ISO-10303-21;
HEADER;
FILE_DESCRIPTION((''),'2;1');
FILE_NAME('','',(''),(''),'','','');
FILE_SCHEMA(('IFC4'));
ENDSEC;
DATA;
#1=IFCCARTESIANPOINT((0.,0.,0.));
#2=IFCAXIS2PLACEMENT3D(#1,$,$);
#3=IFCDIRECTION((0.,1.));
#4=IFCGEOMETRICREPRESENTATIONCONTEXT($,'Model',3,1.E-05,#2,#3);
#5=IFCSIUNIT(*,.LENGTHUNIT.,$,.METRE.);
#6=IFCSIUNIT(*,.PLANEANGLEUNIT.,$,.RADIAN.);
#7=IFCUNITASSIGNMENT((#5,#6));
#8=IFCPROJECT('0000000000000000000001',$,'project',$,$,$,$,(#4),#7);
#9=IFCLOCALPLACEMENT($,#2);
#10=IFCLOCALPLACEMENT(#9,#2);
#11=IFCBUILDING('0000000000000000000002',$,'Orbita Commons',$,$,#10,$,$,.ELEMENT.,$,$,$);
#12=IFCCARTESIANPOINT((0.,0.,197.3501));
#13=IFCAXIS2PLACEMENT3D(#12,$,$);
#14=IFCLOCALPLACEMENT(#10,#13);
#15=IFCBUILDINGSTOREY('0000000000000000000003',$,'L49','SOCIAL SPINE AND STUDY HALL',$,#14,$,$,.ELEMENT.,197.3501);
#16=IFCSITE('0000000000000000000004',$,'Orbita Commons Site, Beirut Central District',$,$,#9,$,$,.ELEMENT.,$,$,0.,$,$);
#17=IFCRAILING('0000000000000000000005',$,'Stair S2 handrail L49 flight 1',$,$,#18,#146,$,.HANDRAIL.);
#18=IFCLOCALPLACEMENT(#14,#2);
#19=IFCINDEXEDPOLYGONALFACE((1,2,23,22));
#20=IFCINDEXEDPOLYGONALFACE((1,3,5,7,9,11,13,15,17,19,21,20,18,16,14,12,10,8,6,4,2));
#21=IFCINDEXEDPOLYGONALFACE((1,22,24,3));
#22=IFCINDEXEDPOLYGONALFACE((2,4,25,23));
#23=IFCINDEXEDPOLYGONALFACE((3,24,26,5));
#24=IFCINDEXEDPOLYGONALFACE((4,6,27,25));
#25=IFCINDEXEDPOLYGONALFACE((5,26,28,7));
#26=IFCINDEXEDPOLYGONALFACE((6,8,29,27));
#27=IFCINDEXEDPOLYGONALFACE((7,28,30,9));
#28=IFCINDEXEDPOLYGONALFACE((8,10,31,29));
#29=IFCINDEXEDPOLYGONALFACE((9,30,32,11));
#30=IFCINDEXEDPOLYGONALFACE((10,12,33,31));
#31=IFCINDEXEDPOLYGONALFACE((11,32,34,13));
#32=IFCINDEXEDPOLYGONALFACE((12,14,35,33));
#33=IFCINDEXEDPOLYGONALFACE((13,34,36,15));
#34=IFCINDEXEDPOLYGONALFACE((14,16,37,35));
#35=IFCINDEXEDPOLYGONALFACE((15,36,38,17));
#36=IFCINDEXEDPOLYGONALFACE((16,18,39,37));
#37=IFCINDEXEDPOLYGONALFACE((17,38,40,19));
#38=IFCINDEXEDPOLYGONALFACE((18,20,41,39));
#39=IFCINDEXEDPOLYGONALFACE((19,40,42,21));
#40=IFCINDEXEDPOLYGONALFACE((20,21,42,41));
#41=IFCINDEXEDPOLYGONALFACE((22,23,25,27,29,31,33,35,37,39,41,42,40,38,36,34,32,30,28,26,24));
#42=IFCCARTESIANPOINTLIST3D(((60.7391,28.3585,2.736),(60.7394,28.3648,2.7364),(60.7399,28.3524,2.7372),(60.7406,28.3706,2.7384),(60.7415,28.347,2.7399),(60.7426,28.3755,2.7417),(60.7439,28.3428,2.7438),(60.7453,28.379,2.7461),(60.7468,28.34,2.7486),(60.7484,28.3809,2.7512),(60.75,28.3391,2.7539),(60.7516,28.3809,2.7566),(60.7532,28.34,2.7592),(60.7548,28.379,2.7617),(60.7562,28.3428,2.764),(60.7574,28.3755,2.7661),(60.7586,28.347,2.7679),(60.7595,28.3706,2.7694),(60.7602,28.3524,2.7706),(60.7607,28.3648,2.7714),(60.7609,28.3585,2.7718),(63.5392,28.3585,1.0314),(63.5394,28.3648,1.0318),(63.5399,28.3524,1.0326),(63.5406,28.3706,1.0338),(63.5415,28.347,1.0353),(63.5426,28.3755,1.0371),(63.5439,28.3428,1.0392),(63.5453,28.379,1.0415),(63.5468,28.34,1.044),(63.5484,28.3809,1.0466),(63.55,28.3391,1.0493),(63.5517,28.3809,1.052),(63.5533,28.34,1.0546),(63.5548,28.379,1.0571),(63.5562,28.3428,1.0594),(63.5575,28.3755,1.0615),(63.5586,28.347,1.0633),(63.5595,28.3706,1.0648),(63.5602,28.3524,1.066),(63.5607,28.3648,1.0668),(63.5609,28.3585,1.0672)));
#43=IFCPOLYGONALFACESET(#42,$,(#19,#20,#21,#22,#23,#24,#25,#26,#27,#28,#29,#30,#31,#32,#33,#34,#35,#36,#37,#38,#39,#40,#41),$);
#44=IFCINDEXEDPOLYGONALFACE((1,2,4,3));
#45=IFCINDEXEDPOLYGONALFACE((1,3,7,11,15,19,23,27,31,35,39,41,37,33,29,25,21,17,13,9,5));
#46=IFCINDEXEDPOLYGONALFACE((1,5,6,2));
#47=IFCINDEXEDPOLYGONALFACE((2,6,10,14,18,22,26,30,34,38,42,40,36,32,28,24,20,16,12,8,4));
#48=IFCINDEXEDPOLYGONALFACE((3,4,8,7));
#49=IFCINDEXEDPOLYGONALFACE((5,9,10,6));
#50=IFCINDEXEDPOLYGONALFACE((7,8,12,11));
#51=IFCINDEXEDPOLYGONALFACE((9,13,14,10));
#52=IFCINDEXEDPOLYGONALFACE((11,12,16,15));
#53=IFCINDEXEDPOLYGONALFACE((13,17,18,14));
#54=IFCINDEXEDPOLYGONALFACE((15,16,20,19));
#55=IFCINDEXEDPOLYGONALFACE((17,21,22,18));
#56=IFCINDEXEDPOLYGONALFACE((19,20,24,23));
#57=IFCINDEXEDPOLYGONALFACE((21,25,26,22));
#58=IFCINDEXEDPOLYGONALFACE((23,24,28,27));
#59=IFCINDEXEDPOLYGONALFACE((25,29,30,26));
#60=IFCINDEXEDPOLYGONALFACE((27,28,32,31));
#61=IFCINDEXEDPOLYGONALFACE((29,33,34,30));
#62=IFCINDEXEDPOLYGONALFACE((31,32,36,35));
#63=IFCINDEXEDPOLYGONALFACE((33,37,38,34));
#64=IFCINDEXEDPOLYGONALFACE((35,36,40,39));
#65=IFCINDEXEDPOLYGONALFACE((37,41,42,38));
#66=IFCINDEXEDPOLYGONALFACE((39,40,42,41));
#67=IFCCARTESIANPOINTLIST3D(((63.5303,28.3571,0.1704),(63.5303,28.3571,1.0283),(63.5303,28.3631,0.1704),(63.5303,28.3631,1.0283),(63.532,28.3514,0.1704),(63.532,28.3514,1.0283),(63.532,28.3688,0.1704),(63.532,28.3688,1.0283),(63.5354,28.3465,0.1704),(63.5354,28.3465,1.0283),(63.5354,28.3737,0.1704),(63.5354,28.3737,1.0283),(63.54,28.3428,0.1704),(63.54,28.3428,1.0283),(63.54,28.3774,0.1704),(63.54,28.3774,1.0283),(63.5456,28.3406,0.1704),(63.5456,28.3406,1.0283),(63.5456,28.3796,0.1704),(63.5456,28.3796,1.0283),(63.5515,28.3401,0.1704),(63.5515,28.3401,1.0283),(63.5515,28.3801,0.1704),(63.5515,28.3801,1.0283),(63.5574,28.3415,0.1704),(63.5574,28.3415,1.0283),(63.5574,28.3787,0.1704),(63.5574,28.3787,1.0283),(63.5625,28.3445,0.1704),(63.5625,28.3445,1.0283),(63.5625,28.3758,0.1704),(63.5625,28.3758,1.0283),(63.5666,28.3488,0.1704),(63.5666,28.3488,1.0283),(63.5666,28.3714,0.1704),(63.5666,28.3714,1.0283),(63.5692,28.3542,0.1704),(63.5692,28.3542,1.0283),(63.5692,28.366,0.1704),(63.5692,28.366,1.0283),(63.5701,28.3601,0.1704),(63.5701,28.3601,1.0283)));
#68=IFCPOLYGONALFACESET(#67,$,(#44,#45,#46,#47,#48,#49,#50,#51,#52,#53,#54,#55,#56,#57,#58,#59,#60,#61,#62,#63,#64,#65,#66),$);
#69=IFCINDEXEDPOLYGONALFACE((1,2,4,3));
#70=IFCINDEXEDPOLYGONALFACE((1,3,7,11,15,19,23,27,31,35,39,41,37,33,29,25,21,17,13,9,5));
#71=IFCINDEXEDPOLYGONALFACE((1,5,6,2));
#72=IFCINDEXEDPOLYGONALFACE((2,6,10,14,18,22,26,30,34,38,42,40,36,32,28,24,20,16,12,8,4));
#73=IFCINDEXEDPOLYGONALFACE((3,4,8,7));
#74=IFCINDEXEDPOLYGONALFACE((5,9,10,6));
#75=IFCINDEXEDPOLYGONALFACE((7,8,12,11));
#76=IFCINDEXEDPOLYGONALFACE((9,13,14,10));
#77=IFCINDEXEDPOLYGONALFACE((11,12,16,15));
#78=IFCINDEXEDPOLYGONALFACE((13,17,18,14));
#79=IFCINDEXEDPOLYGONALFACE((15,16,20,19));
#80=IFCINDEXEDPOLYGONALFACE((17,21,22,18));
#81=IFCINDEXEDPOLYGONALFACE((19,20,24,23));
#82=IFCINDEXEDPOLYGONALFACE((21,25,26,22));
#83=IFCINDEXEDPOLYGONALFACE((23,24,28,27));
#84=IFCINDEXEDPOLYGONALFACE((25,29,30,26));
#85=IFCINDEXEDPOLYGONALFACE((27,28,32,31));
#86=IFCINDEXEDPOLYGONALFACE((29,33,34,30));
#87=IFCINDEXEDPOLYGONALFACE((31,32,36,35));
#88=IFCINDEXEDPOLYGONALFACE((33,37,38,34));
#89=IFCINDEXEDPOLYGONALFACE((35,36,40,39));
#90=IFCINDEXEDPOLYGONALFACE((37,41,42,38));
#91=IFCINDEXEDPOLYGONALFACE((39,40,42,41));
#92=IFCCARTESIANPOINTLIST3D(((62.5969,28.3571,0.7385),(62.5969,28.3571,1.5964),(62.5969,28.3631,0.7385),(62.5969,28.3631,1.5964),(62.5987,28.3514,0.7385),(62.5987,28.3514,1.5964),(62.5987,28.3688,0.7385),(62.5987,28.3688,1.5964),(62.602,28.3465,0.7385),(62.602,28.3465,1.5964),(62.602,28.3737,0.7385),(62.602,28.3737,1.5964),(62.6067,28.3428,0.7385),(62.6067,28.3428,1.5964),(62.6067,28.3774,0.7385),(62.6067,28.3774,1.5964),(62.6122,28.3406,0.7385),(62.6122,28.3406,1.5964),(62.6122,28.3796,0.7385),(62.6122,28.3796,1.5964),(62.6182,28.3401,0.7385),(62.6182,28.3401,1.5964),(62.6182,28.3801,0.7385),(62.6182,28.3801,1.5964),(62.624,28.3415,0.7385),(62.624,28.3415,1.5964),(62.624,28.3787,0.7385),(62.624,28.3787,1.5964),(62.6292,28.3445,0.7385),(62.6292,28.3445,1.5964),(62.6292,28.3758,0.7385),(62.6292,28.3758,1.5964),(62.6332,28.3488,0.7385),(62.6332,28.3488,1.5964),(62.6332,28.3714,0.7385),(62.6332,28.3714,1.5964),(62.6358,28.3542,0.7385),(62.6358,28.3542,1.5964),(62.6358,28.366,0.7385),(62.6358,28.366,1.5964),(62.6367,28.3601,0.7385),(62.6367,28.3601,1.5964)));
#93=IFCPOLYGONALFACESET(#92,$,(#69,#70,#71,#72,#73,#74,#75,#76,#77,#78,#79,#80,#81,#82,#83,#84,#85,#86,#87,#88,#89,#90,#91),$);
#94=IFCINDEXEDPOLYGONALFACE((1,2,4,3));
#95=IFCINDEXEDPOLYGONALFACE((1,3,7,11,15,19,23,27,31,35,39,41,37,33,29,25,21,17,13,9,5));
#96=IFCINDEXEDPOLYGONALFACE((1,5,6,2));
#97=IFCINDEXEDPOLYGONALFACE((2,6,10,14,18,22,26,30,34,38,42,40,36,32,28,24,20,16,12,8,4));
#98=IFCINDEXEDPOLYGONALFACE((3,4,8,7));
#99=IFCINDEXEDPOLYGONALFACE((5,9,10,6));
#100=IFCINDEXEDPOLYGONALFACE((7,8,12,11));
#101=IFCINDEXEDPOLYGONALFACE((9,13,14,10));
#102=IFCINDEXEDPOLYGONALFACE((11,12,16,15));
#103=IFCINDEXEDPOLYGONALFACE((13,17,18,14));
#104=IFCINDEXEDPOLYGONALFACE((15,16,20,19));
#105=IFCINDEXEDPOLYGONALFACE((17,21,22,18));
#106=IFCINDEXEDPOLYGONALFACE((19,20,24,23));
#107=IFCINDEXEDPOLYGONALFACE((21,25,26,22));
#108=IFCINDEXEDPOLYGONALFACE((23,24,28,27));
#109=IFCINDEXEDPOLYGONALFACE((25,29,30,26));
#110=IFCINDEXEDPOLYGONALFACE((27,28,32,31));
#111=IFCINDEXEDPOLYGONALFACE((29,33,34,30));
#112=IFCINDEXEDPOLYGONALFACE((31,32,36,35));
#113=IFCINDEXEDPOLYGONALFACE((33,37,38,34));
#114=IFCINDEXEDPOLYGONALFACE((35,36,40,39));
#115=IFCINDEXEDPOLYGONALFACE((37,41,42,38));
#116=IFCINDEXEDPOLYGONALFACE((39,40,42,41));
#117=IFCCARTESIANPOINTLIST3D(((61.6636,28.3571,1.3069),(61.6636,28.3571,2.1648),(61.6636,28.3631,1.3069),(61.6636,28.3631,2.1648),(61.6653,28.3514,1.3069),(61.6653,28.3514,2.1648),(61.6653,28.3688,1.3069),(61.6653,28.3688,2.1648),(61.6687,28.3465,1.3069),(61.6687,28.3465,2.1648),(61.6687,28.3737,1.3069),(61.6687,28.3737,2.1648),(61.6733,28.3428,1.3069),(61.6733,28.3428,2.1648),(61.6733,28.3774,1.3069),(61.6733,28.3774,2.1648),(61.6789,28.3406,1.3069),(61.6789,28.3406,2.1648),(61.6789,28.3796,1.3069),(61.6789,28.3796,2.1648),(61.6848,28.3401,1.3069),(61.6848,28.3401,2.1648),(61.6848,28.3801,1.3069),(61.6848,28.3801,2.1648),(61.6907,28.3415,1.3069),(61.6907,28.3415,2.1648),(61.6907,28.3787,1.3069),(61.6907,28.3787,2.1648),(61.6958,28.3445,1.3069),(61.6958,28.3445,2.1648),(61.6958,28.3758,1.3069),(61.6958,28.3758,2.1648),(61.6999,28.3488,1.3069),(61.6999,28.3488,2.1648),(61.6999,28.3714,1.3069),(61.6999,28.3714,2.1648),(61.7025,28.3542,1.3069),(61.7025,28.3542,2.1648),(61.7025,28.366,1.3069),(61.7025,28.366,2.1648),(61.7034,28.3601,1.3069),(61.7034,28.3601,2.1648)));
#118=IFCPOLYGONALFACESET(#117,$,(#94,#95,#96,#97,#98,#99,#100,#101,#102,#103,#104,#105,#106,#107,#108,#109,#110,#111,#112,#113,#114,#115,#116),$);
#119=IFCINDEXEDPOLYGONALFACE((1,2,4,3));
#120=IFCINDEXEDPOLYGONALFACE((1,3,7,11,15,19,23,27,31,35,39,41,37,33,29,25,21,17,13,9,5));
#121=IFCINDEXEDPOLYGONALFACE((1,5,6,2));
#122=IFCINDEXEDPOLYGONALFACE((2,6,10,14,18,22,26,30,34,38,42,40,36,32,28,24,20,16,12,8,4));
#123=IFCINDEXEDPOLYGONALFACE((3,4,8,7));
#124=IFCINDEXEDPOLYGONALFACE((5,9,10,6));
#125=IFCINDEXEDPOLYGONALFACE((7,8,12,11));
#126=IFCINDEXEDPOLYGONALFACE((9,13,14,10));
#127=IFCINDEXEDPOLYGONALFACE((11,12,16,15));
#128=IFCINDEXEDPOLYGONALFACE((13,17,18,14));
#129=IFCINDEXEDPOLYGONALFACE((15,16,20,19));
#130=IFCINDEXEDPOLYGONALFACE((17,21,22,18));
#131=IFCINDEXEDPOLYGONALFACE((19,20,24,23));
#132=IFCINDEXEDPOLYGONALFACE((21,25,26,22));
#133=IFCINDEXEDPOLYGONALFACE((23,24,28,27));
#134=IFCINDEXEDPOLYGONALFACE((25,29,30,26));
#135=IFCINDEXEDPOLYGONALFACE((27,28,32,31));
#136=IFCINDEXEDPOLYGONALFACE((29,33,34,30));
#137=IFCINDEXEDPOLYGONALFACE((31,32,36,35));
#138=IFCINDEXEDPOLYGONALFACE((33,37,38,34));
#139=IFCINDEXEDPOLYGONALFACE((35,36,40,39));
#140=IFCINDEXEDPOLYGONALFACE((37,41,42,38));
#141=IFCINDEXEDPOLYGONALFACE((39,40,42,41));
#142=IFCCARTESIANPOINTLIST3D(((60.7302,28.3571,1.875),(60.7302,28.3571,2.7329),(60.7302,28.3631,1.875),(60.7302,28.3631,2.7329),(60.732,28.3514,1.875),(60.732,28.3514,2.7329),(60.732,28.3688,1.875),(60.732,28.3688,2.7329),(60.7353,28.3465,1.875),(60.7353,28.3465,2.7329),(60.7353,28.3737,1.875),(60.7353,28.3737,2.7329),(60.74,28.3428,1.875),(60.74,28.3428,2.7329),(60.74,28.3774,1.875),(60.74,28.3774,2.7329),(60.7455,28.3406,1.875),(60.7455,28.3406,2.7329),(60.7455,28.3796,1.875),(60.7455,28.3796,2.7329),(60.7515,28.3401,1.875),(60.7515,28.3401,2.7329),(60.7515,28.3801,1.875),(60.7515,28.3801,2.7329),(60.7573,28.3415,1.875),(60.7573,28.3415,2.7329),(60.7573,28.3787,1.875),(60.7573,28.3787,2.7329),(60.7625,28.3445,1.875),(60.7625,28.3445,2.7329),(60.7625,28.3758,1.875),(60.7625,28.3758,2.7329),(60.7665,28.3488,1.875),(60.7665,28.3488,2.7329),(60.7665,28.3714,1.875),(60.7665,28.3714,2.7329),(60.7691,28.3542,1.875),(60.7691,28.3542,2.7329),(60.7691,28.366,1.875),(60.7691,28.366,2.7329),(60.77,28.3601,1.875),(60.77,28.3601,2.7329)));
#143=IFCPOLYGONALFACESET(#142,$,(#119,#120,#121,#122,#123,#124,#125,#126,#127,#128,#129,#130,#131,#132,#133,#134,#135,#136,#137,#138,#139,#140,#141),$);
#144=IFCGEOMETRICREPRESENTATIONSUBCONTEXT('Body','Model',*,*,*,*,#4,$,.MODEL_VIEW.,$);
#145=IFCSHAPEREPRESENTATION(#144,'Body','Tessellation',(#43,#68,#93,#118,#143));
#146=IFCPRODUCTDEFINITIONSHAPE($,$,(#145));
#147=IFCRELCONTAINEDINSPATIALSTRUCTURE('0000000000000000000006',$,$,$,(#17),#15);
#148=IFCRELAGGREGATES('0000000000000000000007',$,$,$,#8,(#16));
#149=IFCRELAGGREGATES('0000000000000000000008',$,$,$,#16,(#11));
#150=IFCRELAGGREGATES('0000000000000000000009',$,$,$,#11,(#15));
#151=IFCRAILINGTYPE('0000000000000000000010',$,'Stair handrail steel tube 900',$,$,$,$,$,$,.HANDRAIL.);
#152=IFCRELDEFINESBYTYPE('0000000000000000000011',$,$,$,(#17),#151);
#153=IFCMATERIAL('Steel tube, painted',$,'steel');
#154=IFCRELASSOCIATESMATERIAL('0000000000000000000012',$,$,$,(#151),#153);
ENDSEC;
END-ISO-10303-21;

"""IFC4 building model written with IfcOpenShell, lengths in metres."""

from ifc_helpers import new_model, si_unit, direction, frame, origin, origin_2d, place, context, subcontext, project, spatial, circle, extrude, material, type_object, element, save


model = new_model("IFC4")

# Units and contexts
model_context = context("Model", 3, precision=1e-05, world=origin(), true_north=direction((0.0, 1.0)))
body_context = subcontext(model_context, "Body", "Model", "MODEL_VIEW")
ifc_project = project(units=[si_unit("LENGTHUNIT", "METRE"), si_unit("PLANEANGLEUNIT", "RADIAN")], contexts=[model_context])

# Site, building, storey
site_placement = place(None, origin())
site = spatial("IfcSite", under=ifc_project, at=site_placement, Name="Orbita Commons Site, Beirut Central District", CompositionType="ELEMENT", RefElevation=0.0)
building_placement = place(site_placement, origin())
building = spatial("IfcBuilding", under=site, at=building_placement, Name="Orbita Commons", CompositionType="ELEMENT")
storey_placement = place(building_placement, frame((0.0, 0.0, 197.3501)))
storey = spatial("IfcBuildingStorey", under=building, at=storey_placement, Name="L49", Description="SOCIAL SPINE AND STUDY HALL", CompositionType="ELEMENT", Elevation=197.3501)

# Railing
ifc_material_1 = material(Name="Steel tube, painted", Category="steel")
railing_type = type_object("IfcRailingType", Name="Stair handrail steel tube 900", PredefinedType="HANDRAIL", material=ifc_material_1)
for number, where, name in (
    (1, (63.55, 28.3601, 0.1704), "Stair S2 handrail L49 flight 1"),
):
    element("IfcRailing", number, at=place(storey_placement, frame(where)), inside=storey, type_object=railing_type, Name=name, PredefinedType="HANDRAIL", context=body_context, shape_type="SweptSolid", body=[
        extrude(circle(Radius=0.021, at=origin_2d()), frame((0.0, 0.0, 0.8789), z_axis=(-0.85417, 0.0, 0.519994), x_axis=(0.0, -1.0, 0.0)), (0.0, 0.0, 1.0), 3.2781),
        extrude(circle(Radius=0.02, at=origin_2d()), origin(), (0.0, 0.0, 1.0), 0.8579),
        extrude(circle(Radius=0.02, at=origin_2d()), frame((-0.9333, 0.0, 0.5681)), (0.0, 0.0, 1.0), 0.8579),
        extrude(circle(Radius=0.02, at=origin_2d()), frame((-1.8667, 0.0, 1.1365)), (0.0, 0.0, 1.0), 0.8579),
        extrude(circle(Radius=0.02, at=origin_2d()), frame((-2.8, 0.0, 1.7046)), (0.0, 0.0, 1.0), 0.8579),
    ])

save(model, "model.ifc")
